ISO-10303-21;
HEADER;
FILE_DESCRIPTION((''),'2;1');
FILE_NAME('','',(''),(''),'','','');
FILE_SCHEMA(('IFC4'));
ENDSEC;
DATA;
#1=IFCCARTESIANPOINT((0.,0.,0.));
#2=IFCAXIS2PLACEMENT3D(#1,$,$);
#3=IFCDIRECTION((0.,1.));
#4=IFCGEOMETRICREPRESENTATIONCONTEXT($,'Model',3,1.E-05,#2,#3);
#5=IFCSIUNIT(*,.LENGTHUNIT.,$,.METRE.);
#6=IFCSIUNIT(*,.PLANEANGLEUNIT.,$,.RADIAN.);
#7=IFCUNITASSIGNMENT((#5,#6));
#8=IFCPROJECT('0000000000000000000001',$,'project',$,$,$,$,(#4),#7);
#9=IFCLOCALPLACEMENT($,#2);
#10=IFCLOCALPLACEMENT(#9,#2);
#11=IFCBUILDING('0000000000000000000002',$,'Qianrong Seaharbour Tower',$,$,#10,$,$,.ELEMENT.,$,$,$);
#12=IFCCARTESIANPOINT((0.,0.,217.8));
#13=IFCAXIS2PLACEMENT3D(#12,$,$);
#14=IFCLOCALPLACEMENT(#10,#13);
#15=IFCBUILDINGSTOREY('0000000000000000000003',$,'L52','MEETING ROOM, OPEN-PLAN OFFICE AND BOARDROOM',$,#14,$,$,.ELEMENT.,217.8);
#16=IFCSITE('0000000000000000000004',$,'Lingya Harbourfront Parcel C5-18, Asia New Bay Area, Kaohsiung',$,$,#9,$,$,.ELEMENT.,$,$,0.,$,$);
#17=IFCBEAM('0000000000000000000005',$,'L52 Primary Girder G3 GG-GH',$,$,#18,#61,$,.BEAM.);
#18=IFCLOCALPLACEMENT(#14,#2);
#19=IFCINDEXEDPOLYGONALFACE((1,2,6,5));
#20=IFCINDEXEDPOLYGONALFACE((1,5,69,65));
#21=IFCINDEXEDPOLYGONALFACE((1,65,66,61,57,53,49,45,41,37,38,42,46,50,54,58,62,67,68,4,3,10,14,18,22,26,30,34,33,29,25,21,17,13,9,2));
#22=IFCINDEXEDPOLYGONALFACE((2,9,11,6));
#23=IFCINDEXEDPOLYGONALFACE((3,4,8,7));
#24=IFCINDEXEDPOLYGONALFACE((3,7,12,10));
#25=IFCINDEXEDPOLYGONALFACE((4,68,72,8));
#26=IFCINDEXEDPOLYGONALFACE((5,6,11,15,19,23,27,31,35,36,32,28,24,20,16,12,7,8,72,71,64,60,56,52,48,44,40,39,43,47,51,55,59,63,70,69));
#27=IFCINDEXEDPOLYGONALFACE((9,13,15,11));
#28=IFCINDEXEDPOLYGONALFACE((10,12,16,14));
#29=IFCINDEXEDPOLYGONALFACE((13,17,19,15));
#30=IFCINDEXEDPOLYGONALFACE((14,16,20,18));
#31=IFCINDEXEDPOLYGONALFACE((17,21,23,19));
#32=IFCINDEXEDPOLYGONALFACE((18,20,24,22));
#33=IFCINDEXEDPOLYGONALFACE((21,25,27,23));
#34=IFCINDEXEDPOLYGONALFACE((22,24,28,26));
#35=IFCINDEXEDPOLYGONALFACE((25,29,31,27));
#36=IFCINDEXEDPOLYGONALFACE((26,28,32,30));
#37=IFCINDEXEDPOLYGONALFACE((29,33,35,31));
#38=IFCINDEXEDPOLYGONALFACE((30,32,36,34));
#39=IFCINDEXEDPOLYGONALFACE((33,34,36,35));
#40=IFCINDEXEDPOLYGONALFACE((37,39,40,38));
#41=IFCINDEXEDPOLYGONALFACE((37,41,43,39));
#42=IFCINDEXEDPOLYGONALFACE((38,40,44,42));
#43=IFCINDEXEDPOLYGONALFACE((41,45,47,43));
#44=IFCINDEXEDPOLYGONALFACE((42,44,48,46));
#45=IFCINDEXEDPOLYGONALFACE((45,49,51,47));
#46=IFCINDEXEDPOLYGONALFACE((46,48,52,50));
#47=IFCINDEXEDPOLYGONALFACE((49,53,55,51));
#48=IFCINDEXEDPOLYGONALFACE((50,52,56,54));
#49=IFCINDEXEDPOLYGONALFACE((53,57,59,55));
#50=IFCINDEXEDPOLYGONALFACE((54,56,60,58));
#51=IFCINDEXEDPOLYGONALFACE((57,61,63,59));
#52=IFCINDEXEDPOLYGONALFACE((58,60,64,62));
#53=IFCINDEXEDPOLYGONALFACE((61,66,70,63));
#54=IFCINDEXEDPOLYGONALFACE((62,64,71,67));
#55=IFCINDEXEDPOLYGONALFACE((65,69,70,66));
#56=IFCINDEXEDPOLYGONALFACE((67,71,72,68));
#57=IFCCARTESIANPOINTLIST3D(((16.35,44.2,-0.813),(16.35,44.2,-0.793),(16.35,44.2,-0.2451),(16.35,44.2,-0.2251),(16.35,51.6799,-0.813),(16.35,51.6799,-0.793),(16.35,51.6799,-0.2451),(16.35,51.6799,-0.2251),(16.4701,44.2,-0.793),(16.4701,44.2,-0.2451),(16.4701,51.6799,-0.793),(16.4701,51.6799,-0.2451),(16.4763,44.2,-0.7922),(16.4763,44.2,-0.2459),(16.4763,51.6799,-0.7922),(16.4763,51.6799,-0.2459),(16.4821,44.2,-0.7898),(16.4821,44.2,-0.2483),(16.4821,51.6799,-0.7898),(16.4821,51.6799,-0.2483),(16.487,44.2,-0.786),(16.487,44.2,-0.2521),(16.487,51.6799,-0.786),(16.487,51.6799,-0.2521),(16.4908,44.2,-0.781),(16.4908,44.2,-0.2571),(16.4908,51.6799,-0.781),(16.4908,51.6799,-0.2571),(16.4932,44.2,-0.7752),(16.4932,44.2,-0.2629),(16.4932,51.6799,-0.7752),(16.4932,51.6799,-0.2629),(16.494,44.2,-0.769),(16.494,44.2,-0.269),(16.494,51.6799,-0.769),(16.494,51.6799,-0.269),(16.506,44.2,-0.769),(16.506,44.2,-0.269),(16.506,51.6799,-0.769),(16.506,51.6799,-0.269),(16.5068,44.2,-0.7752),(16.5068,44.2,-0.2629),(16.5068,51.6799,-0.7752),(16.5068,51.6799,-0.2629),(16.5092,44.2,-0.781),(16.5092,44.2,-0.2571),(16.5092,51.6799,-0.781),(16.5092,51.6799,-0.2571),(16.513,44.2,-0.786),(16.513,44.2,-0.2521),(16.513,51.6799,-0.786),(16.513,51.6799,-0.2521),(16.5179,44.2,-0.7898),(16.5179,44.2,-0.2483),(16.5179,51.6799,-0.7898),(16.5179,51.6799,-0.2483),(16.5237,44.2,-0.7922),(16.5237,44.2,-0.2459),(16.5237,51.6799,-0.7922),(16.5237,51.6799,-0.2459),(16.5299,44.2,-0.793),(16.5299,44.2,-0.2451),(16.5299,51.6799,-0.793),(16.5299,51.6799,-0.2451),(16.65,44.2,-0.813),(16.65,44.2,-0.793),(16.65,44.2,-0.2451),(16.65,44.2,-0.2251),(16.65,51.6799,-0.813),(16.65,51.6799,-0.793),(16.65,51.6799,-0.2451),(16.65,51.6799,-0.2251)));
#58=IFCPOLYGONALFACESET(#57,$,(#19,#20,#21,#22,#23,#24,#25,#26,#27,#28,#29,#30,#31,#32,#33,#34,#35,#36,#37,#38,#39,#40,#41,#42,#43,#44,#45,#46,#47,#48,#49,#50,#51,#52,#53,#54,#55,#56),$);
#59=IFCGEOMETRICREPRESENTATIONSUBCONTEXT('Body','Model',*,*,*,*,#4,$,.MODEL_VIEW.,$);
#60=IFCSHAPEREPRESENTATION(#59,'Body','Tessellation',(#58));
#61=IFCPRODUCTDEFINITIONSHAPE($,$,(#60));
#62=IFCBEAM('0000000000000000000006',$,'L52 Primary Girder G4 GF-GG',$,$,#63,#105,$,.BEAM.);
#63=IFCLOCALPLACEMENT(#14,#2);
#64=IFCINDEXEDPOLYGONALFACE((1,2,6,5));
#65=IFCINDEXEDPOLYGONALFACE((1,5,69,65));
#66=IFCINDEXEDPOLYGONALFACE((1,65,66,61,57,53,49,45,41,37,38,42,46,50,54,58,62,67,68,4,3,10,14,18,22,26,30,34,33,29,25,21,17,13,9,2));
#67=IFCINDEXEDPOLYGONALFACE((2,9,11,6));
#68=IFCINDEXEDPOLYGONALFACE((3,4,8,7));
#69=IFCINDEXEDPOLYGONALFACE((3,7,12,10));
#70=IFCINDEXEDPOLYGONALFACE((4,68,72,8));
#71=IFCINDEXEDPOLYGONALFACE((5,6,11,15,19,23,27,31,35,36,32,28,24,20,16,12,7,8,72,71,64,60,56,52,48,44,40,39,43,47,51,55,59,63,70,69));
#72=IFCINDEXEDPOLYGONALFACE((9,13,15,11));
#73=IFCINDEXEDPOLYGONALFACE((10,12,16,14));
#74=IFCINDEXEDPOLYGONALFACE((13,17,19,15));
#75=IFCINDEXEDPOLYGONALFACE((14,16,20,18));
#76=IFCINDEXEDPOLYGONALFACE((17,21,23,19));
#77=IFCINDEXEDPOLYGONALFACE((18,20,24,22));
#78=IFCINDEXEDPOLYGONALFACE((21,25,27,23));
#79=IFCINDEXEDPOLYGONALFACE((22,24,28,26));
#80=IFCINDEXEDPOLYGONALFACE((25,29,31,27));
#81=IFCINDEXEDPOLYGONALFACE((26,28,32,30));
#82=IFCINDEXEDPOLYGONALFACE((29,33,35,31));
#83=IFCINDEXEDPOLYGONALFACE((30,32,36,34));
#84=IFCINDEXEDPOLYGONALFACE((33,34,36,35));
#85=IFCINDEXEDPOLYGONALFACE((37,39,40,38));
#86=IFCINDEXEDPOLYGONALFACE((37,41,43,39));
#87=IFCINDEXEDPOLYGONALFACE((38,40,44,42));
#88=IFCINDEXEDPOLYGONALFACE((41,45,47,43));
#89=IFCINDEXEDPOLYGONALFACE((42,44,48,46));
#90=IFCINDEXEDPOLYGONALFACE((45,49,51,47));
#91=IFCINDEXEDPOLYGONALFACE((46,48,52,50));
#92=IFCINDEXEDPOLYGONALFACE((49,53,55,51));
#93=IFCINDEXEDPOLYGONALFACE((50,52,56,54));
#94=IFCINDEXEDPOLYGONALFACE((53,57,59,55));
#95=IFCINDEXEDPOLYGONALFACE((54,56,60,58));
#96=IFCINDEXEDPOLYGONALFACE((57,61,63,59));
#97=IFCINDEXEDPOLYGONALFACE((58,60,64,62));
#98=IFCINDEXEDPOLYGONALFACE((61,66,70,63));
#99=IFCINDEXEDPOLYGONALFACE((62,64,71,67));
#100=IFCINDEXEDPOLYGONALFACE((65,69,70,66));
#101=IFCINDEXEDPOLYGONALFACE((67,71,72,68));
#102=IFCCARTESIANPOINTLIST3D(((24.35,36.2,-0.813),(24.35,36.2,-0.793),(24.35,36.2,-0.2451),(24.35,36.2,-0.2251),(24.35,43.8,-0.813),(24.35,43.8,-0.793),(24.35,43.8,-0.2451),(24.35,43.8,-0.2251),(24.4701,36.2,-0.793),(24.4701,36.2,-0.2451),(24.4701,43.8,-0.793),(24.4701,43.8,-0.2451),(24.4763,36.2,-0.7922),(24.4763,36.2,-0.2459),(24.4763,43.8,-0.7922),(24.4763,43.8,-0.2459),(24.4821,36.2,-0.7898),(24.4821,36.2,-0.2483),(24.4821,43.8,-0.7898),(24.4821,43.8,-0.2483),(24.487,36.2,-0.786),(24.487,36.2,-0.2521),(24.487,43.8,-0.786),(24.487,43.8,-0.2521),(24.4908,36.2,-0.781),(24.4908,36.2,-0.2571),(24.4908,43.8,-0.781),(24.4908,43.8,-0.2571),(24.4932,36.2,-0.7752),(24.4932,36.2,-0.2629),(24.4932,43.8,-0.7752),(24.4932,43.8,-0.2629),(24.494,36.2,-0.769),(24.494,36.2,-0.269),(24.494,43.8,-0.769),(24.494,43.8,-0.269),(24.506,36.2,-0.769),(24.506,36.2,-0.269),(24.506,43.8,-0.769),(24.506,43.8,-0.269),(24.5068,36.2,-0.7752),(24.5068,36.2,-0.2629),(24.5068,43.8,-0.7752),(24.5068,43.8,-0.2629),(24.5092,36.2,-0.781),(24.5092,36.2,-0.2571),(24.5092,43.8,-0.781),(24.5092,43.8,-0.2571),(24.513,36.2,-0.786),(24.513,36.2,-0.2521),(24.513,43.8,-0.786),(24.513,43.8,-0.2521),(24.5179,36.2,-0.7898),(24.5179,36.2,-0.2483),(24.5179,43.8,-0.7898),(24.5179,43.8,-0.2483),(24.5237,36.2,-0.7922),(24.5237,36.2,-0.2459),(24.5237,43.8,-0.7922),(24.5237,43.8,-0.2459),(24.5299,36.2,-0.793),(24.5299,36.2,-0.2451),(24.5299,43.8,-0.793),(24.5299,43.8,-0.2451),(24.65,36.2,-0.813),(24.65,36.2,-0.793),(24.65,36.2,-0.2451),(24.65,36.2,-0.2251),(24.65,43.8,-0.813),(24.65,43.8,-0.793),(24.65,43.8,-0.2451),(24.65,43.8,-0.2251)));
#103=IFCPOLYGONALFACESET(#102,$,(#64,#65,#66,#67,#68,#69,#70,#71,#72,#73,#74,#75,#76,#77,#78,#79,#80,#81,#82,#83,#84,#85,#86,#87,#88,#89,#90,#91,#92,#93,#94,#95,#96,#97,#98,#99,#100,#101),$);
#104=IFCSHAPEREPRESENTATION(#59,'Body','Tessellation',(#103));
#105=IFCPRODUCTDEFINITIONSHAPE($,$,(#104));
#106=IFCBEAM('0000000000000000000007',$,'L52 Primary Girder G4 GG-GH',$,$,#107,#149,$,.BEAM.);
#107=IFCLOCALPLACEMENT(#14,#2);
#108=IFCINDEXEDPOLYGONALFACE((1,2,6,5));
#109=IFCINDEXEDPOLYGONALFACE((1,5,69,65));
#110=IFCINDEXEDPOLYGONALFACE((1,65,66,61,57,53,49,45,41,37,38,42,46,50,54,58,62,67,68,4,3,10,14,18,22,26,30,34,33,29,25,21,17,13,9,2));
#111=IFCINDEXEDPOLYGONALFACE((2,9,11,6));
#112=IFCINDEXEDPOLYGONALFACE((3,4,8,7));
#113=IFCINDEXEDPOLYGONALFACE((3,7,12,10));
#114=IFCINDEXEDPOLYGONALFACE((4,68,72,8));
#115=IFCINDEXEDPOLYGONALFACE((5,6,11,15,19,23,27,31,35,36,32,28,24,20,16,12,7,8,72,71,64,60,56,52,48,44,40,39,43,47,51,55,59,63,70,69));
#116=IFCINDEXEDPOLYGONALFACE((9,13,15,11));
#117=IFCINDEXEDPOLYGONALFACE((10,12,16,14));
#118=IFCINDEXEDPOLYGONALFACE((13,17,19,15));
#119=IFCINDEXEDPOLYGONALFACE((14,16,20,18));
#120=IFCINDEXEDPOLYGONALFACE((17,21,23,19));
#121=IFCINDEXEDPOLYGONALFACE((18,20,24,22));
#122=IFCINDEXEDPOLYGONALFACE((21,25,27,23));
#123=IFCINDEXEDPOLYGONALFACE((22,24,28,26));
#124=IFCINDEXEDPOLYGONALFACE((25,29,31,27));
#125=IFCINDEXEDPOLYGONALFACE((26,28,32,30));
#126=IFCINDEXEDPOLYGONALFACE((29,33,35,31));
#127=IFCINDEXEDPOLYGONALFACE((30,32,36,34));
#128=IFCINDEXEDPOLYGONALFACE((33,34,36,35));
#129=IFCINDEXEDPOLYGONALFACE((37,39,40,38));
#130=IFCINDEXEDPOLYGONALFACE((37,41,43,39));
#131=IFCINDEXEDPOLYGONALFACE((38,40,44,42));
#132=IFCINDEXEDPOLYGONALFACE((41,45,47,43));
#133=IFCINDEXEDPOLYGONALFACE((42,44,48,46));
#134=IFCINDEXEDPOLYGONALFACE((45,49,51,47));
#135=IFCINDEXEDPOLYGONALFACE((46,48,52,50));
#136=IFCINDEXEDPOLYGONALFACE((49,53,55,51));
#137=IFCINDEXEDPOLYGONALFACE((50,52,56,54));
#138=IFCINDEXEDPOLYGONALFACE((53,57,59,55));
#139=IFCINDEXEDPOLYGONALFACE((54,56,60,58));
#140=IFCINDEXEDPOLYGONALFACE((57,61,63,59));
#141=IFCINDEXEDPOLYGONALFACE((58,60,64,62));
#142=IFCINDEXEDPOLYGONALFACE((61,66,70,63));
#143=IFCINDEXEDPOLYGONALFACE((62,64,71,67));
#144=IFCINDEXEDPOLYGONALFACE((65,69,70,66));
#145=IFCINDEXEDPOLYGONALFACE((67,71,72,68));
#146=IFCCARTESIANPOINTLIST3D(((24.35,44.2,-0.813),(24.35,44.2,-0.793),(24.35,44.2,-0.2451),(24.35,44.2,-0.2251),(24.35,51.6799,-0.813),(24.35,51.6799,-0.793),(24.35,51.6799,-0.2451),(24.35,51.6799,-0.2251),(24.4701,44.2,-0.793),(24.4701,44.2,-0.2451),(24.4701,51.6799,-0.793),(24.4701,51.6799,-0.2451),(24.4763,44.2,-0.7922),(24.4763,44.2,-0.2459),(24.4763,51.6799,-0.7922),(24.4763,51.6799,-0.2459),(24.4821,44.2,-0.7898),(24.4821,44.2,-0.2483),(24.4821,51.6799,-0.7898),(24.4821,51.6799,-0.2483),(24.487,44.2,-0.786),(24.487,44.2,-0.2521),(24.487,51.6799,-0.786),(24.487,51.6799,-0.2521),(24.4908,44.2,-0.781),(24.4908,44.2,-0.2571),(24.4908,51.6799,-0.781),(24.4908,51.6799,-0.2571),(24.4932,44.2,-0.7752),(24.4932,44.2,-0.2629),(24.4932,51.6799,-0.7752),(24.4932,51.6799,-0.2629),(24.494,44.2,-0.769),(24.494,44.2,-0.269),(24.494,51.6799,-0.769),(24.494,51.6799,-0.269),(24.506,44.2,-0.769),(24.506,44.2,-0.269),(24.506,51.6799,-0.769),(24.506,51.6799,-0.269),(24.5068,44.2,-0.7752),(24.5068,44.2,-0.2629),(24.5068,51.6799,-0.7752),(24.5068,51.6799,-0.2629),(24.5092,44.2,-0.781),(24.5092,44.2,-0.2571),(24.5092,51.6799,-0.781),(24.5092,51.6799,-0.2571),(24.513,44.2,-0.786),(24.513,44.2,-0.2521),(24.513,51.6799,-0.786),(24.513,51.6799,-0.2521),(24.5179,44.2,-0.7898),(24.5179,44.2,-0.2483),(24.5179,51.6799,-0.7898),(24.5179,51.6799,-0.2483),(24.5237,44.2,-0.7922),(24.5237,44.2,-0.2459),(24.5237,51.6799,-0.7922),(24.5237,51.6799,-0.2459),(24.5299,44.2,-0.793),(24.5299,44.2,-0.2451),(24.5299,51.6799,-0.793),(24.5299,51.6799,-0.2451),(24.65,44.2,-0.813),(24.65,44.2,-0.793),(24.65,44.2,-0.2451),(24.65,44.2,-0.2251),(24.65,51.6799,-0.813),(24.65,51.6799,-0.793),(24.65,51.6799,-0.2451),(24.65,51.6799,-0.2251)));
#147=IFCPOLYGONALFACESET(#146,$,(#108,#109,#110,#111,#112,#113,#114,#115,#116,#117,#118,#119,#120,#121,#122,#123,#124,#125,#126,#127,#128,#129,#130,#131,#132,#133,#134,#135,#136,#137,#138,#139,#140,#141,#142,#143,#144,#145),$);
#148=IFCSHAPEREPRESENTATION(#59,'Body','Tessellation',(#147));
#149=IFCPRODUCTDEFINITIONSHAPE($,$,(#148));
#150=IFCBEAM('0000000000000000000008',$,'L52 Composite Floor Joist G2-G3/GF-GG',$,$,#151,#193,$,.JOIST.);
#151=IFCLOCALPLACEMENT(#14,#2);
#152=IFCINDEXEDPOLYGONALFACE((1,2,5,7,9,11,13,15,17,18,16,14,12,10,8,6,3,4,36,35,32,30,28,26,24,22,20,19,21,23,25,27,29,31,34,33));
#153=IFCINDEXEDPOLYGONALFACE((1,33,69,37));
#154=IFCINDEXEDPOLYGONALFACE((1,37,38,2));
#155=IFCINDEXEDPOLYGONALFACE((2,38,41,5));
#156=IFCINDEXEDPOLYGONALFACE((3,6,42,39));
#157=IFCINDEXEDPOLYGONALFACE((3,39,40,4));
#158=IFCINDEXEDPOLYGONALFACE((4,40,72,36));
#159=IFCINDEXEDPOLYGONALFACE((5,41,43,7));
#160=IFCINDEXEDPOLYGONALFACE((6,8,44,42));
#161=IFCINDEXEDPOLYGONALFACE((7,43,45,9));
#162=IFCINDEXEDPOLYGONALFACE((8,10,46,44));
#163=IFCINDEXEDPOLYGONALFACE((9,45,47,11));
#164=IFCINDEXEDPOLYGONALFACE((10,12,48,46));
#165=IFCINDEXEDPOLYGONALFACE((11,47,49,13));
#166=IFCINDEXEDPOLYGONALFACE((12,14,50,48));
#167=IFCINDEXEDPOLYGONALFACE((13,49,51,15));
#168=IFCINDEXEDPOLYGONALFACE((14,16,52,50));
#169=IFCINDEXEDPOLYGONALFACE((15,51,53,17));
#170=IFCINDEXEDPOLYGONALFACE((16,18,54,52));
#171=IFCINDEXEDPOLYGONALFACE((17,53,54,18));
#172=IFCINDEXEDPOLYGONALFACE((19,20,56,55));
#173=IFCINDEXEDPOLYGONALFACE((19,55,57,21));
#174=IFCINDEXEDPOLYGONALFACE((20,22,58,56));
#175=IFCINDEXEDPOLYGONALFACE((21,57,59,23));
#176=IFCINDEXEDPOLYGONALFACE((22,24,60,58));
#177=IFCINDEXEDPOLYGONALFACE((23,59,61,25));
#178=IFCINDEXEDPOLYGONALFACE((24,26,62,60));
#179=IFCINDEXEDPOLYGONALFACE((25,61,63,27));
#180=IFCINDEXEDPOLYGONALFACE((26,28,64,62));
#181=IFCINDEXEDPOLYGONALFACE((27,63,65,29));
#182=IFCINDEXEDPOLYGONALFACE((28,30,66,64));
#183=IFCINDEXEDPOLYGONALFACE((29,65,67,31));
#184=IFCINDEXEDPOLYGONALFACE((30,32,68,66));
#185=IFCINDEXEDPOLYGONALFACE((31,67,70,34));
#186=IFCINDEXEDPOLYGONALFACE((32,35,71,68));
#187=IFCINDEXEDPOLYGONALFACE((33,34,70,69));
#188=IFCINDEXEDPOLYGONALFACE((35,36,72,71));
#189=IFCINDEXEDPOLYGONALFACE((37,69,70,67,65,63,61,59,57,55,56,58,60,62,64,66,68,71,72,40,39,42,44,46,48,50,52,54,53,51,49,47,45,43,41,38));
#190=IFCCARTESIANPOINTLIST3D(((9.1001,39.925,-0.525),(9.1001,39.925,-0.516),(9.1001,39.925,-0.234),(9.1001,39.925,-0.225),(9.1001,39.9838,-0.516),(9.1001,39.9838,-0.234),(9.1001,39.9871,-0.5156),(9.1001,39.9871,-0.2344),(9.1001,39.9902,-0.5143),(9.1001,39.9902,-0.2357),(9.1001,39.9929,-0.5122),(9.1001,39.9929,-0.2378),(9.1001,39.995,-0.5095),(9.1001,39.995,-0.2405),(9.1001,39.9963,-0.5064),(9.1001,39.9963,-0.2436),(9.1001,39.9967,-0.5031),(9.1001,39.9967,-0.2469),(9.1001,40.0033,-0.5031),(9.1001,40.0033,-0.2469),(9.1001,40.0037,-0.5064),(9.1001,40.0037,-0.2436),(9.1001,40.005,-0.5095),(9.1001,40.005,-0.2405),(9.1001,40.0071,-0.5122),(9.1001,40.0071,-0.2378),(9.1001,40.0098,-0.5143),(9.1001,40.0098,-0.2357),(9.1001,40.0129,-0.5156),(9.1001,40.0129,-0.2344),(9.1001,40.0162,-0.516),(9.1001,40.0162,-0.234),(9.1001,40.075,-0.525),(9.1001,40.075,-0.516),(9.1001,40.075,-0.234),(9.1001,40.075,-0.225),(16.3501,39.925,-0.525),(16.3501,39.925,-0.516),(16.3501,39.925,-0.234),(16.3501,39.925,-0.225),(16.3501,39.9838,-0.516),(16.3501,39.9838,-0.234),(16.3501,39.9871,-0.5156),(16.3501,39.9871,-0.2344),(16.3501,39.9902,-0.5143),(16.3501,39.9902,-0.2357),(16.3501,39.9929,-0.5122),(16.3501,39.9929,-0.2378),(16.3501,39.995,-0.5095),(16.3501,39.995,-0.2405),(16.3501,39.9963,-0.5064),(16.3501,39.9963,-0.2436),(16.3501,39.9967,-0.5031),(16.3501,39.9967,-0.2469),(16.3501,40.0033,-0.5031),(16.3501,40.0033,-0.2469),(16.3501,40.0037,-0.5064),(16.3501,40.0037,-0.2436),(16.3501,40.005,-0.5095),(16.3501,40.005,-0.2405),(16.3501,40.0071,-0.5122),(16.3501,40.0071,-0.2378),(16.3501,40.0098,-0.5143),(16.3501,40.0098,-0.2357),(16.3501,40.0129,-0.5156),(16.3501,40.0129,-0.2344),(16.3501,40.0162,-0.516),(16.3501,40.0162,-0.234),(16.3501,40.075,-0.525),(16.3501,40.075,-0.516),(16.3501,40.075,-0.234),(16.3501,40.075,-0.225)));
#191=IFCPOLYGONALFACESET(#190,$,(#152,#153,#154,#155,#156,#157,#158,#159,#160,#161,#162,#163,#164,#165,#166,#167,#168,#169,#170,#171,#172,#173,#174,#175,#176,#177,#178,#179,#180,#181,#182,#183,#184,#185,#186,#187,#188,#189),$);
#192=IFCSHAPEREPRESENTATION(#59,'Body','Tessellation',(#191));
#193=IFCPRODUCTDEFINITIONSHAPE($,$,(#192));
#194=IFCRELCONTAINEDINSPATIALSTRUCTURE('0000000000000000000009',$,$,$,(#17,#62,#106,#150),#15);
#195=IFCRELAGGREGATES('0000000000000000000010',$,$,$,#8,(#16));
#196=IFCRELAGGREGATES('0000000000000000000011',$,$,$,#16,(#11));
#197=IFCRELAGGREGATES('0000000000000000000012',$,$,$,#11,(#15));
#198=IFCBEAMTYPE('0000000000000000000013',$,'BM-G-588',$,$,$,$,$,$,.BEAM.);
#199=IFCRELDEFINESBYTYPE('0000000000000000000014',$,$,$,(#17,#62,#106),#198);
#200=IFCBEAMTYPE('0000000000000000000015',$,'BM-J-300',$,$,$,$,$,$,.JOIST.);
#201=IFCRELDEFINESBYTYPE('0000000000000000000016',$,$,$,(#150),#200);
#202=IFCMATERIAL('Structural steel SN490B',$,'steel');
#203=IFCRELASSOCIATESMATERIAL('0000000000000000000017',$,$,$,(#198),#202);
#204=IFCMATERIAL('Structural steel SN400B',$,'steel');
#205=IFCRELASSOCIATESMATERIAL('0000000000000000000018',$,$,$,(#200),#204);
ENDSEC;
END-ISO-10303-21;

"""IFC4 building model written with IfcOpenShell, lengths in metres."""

from ifc_helpers import new_model, si_unit, direction, frame, origin, origin_2d, place, context, subcontext, project, spatial, i_section, extrude, material, material_profile, profile_set, type_object, element, save


model = new_model("IFC4")

# Units and contexts
model_context = context("Model", 3, precision=1e-05, world=origin(), true_north=direction((0.0, 1.0)))
body_context = subcontext(model_context, "Body", "Model", "MODEL_VIEW")
ifc_project = project(units=[si_unit("LENGTHUNIT", "METRE"), si_unit("PLANEANGLEUNIT", "RADIAN")], contexts=[model_context])

# Site, building, storey
site_placement = place(None, origin())
site = spatial("IfcSite", under=ifc_project, at=site_placement, Name="Lingya Harbourfront Parcel C5-18, Asia New Bay Area, Kaohsiung", CompositionType="ELEMENT", RefElevation=0.0)
building_placement = place(site_placement, origin())
building = spatial("IfcBuilding", under=site, at=building_placement, Name="Qianrong Seaharbour Tower", CompositionType="ELEMENT")
storey_placement = place(building_placement, frame((0.0, 0.0, 217.8)))
storey = spatial("IfcBuildingStorey", under=building, at=storey_placement, Name="L52", Description="MEETING ROOM, OPEN-PLAN OFFICE AND BOARDROOM", CompositionType="ELEMENT", Elevation=217.8)

# Shared definitions
ifc_material_1 = material(Name="Structural steel SN490B", Category="steel")

# Beams
ifc_material_profile_1 = material_profile(ifc_material_1, i_section(OverallWidth=0.3, OverallDepth=0.5879, WebThickness=0.012, FlangeThickness=0.02, FilletRadius=0.0239, at=origin_2d()), Name="H588x300x12x20")
ifc_profile_set_1 = profile_set([ifc_material_profile_1], Name="Structural steel SN490B")
beam_type_1 = type_object("IfcBeamType", Name="BM-G-588", PredefinedType="BEAM", material=ifc_profile_set_1)
beam_1_placement = place(storey_placement, frame((16.5, 44.2, -0.519), z_axis=(0.0, 1.0, 0.0), x_axis=(-1.0, 0.0, 0.0)))
element("IfcBeam", 1, at=beam_1_placement, inside=storey, type_object=beam_type_1, Name="L52 Primary Girder G3 GG-GH", PredefinedType="BEAM", context=body_context, shape_type="SweptSolid", body=[
    extrude(i_section(OverallWidth=0.3, OverallDepth=0.5879, WebThickness=0.012, FlangeThickness=0.02, FilletRadius=0.0239, at=origin_2d()), origin(), (0.0, 0.0, 1.0), 7.48),
])
beam_2_placement = place(storey_placement, frame((24.5, 36.2, -0.519), z_axis=(0.0, 1.0, 0.0), x_axis=(-1.0, 0.0, 0.0)))
element("IfcBeam", 2, at=beam_2_placement, inside=storey, type_object=beam_type_1, Name="L52 Primary Girder G4 GF-GG", PredefinedType="BEAM", context=body_context, shape_type="SweptSolid", body=[
    extrude(i_section(OverallWidth=0.3, OverallDepth=0.5879, WebThickness=0.012, FlangeThickness=0.02, FilletRadius=0.0239, at=origin_2d()), origin(), (0.0, 0.0, 1.0), 7.6001),
])
beam_3_placement = place(storey_placement, frame((24.5, 44.2, -0.519), z_axis=(0.0, 1.0, 0.0), x_axis=(-1.0, 0.0, 0.0)))
element("IfcBeam", 3, at=beam_3_placement, inside=storey, type_object=beam_type_1, Name="L52 Primary Girder G4 GG-GH", PredefinedType="BEAM", context=body_context, shape_type="SweptSolid", body=[
    extrude(i_section(OverallWidth=0.3, OverallDepth=0.5879, WebThickness=0.012, FlangeThickness=0.02, FilletRadius=0.0239, at=origin_2d()), origin(), (0.0, 0.0, 1.0), 7.48),
])
ifc_material_2 = material(Name="Structural steel SN400B", Category="steel")
ifc_material_profile_2 = material_profile(ifc_material_2, i_section(OverallWidth=0.1499, OverallDepth=0.3, WebThickness=0.0066, FlangeThickness=0.009, FilletRadius=0.0129, at=origin_2d()), Name="H300x150x6.5x9")
ifc_profile_set_2 = profile_set([ifc_material_profile_2], Name="Structural steel SN400B")
beam_type_2 = type_object("IfcBeamType", Name="BM-J-300", PredefinedType="JOIST", material=ifc_profile_set_2)
beam_4_placement = place(storey_placement, frame((9.1001, 40.0, -0.375), z_axis=(1.0, 0.0, 0.0), x_axis=(0.0, 1.0, 0.0)))
element("IfcBeam", 4, at=beam_4_placement, inside=storey, type_object=beam_type_2, Name="L52 Composite Floor Joist G2-G3/GF-GG", PredefinedType="JOIST", context=body_context, shape_type="SweptSolid", body=[
    extrude(i_section(OverallWidth=0.1499, OverallDepth=0.3, WebThickness=0.0066, FlangeThickness=0.009, FilletRadius=0.0129, at=origin_2d()), origin(), (0.0, 0.0, 1.0), 7.25),
])

save(model, "model.ifc")
